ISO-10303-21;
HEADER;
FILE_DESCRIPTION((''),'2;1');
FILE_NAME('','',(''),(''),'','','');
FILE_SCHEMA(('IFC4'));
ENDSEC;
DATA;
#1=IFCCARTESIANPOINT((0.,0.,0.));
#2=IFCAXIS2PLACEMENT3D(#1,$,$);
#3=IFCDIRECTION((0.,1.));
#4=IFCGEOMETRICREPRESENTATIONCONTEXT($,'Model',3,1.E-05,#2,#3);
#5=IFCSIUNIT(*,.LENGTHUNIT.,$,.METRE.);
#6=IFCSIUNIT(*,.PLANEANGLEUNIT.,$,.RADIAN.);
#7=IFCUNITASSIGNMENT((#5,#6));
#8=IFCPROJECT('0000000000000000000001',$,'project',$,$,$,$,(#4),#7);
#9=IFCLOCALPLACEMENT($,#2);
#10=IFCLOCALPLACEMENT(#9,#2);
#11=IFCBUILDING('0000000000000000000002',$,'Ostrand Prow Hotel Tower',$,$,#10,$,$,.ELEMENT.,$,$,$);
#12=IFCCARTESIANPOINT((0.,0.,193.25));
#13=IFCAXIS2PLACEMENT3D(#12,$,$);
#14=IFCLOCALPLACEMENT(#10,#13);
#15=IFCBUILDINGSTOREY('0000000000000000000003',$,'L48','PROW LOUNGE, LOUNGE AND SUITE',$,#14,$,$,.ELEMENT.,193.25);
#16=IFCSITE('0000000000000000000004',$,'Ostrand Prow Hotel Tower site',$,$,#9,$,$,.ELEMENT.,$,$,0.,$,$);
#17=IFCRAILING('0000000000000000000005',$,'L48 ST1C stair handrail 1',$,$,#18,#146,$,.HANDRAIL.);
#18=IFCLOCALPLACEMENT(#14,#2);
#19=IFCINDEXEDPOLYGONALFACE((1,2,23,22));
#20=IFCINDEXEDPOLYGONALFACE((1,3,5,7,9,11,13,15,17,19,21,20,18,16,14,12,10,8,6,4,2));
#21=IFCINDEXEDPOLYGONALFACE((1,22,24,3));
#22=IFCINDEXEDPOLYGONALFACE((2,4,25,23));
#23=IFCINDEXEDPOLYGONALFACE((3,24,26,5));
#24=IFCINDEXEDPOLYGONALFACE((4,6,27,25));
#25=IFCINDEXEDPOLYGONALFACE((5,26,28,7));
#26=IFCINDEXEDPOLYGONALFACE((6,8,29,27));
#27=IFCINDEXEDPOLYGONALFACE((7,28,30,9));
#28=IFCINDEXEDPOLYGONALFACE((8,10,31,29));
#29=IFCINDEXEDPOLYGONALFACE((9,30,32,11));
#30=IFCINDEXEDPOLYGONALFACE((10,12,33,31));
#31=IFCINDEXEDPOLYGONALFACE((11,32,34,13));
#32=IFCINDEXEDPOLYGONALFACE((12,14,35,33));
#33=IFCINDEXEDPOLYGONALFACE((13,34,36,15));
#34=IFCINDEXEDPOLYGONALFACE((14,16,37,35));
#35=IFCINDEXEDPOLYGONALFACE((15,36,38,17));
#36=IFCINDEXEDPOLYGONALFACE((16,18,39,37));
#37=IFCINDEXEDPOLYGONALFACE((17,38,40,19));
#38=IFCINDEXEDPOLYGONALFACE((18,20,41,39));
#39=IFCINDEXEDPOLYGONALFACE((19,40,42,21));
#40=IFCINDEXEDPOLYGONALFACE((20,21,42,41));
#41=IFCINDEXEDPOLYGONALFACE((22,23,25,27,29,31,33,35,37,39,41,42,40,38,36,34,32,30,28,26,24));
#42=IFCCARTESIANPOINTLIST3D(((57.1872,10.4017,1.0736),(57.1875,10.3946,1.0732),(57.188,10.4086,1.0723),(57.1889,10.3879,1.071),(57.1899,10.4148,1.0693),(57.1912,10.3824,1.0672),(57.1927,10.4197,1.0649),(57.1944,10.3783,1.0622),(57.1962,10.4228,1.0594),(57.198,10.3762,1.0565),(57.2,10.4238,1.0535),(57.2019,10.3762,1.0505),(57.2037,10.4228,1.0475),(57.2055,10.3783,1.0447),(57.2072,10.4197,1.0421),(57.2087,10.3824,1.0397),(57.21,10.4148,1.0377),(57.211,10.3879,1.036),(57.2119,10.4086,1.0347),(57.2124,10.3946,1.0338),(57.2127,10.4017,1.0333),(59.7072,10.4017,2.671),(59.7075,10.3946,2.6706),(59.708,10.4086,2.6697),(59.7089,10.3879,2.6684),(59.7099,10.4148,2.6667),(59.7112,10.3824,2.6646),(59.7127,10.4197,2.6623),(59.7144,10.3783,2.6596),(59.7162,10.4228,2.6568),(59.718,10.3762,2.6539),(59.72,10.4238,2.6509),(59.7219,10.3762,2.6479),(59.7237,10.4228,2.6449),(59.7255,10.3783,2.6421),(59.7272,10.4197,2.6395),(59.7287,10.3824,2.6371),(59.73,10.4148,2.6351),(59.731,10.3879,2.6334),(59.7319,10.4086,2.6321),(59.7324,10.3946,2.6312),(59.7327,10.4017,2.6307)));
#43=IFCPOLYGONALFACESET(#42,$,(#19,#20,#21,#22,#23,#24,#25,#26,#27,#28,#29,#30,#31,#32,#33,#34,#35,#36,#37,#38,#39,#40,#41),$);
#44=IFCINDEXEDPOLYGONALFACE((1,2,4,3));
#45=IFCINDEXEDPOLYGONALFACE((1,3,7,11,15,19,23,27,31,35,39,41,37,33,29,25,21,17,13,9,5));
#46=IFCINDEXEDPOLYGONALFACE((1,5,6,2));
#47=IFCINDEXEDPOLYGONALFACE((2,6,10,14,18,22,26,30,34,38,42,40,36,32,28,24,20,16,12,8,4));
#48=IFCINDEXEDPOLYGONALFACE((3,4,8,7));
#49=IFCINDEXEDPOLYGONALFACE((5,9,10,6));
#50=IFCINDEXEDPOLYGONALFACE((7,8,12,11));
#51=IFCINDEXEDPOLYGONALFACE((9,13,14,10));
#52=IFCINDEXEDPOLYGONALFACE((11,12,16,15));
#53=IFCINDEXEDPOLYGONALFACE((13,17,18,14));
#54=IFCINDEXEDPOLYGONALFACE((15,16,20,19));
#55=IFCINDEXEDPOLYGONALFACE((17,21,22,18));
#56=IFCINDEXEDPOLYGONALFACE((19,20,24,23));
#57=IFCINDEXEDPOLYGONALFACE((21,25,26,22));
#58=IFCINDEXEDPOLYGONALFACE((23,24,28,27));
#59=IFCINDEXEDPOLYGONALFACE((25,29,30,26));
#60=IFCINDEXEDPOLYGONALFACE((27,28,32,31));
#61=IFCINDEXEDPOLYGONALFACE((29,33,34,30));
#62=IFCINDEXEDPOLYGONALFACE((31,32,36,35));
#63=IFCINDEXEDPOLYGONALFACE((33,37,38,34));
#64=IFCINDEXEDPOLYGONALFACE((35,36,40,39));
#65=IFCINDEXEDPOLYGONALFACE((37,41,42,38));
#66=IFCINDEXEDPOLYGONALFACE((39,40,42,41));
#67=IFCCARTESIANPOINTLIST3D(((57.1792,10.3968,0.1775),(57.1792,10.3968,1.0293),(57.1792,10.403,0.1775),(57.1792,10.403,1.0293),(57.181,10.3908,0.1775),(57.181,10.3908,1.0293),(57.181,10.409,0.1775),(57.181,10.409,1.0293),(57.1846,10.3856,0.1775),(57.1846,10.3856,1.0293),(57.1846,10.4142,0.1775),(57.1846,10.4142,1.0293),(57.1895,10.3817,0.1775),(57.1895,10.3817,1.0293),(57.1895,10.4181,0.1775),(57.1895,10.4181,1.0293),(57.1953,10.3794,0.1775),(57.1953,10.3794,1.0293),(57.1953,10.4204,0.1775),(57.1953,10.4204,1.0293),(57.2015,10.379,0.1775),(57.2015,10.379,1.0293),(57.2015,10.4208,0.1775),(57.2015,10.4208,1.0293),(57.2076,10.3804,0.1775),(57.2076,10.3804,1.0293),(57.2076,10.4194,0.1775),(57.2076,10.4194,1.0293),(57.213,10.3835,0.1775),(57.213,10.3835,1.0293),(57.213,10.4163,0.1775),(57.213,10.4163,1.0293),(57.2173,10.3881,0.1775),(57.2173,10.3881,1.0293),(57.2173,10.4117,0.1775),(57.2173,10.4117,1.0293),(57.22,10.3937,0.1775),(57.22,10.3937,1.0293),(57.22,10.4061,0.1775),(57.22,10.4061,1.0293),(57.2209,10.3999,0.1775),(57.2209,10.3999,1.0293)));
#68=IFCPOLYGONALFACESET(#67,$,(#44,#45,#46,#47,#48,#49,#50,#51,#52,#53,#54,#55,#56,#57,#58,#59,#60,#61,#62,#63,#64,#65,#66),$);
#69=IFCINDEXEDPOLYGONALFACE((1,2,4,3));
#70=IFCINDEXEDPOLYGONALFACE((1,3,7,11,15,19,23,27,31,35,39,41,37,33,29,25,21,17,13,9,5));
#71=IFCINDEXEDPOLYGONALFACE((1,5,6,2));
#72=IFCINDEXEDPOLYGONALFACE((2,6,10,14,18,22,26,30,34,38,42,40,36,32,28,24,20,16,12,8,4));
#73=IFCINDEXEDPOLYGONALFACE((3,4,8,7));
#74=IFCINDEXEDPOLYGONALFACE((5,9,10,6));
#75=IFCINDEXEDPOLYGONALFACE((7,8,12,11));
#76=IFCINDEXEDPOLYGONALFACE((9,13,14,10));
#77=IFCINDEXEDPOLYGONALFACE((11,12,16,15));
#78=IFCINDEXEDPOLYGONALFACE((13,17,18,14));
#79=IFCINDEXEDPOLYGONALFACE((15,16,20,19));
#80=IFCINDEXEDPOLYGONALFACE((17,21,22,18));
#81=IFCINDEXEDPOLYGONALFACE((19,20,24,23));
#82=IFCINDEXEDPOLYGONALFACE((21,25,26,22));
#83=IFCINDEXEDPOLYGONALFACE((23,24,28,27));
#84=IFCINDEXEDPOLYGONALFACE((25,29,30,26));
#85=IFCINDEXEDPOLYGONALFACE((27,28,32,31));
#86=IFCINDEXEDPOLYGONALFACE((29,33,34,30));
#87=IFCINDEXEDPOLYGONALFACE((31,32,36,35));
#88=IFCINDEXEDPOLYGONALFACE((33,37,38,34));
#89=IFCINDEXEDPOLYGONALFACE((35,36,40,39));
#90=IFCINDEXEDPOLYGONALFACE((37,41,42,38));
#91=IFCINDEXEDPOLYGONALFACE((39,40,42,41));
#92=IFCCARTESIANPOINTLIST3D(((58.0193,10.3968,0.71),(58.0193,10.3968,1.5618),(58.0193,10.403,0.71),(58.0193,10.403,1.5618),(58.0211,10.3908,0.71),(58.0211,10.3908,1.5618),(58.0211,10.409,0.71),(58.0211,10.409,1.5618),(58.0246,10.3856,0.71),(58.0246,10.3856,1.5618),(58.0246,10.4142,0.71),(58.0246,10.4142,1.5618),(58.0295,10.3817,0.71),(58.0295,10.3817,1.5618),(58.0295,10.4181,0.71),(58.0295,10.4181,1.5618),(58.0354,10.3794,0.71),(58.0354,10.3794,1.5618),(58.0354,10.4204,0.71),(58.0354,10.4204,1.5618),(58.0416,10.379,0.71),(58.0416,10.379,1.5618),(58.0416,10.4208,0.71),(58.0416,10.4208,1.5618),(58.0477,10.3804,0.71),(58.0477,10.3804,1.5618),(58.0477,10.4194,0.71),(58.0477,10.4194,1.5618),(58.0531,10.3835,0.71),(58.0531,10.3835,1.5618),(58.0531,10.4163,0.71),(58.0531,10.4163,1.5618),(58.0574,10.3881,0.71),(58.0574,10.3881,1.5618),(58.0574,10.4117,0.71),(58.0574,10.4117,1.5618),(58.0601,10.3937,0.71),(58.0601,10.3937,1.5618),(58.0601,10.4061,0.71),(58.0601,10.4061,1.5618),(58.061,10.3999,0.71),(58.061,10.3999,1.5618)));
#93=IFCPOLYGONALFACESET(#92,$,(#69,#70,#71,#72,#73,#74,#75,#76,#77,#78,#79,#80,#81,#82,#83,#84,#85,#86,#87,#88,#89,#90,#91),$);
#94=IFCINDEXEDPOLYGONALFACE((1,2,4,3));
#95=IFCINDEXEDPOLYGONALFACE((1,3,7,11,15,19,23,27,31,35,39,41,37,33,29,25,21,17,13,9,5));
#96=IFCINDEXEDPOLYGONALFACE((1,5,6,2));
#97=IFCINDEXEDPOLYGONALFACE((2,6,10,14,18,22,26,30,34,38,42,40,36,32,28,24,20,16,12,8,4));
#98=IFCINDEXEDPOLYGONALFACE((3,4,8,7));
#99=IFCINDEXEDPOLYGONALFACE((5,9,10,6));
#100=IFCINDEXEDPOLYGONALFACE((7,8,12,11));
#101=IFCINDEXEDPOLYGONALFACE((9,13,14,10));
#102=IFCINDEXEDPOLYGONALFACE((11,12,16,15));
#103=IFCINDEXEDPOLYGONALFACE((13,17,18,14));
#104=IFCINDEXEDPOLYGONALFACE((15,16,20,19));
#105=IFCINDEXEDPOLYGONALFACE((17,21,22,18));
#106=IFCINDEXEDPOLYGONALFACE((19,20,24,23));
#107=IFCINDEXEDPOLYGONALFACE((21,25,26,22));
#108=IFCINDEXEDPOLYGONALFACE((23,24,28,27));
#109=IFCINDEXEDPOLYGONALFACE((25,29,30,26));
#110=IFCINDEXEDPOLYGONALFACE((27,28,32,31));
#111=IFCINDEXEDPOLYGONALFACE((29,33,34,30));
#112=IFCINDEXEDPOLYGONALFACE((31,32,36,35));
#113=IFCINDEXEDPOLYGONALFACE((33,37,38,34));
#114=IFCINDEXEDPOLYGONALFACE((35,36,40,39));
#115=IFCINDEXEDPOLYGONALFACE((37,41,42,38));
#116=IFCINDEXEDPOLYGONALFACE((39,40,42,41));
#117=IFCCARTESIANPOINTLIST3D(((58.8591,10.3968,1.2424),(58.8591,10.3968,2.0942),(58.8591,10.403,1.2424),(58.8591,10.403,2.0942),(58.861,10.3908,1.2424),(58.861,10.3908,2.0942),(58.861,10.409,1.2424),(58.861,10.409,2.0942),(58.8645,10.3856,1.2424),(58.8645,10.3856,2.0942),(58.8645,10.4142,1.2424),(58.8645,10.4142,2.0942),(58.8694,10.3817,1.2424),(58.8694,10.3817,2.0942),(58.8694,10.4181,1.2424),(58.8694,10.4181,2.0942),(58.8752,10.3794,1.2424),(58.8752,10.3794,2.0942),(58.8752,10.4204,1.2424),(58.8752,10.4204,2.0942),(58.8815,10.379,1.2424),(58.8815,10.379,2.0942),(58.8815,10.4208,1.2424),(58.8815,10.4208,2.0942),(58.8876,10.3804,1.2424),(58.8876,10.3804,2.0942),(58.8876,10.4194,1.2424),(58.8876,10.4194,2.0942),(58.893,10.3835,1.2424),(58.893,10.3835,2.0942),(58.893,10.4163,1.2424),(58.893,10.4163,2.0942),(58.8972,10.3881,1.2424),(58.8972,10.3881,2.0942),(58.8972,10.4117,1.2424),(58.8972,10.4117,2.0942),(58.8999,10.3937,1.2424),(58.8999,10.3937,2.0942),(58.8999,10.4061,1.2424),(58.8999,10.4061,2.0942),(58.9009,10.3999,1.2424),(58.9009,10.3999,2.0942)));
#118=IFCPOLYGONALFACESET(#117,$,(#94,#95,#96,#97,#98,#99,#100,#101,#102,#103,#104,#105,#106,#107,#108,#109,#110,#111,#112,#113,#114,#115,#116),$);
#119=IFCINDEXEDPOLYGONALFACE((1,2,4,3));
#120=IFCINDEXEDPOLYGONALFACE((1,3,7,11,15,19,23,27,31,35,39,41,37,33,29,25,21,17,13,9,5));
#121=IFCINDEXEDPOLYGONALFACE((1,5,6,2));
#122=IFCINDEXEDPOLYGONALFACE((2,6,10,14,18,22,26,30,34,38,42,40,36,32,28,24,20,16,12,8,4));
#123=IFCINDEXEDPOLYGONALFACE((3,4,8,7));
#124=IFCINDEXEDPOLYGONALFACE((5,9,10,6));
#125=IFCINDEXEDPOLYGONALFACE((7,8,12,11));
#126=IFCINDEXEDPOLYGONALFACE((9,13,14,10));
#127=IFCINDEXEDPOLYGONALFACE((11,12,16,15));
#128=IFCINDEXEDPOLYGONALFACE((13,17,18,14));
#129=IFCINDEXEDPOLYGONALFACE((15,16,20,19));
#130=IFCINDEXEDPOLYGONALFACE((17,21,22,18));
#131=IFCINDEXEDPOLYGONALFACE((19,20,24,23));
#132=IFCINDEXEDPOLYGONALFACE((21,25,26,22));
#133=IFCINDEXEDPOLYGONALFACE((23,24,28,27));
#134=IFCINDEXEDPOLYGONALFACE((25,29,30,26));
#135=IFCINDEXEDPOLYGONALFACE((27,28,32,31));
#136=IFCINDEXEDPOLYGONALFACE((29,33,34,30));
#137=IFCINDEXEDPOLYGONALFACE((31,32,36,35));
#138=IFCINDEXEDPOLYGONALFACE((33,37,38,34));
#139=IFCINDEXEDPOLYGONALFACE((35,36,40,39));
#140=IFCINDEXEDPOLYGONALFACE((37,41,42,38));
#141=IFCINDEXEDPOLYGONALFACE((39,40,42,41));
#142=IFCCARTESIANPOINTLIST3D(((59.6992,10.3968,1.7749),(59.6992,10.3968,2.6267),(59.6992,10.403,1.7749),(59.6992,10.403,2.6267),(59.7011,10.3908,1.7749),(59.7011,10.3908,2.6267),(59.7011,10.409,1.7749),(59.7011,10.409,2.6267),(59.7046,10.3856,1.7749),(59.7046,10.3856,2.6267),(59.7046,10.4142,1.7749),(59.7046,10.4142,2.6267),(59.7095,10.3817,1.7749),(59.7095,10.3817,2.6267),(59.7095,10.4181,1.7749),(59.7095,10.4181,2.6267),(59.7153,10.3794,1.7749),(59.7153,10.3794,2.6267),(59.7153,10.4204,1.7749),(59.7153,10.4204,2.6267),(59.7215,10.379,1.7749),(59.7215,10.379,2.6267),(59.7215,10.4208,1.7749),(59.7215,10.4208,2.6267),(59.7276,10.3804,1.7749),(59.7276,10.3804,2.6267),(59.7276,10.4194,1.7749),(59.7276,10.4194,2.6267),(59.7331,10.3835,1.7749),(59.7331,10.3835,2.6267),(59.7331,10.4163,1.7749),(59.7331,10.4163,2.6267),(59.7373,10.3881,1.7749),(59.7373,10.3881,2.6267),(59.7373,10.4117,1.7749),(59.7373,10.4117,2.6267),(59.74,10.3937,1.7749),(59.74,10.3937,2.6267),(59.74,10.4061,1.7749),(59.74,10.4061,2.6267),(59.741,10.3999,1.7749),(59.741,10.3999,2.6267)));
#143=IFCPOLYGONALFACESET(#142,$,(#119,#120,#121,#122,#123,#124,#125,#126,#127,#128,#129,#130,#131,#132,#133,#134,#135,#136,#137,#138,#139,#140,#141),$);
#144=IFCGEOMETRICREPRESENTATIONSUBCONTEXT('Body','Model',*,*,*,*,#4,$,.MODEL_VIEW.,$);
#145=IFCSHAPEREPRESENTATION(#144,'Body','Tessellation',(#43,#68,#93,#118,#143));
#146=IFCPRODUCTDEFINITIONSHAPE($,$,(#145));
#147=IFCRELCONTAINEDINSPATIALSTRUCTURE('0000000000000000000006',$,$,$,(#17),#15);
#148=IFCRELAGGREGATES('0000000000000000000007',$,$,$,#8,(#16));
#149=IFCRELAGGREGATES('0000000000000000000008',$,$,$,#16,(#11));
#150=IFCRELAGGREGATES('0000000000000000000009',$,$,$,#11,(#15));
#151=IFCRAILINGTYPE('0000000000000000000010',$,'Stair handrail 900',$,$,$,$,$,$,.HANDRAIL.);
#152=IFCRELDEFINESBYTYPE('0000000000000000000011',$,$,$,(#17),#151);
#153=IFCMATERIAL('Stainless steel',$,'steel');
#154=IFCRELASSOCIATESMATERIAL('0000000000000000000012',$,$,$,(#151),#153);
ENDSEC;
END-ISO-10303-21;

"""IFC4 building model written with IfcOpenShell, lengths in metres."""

from ifc_helpers import new_model, si_unit, direction, frame, origin, origin_2d, place, context, subcontext, project, spatial, circle, extrude, material, type_object, element, save


model = new_model("IFC4")

# Units and contexts
model_context = context("Model", 3, precision=1e-05, world=origin(), true_north=direction((0.0, 1.0)))
body_context = subcontext(model_context, "Body", "Model", "MODEL_VIEW")
ifc_project = project(units=[si_unit("LENGTHUNIT", "METRE"), si_unit("PLANEANGLEUNIT", "RADIAN")], contexts=[model_context])

# Site, building, storey
site_placement = place(None, origin())
site = spatial("IfcSite", under=ifc_project, at=site_placement, Name="Ostrand Prow Hotel Tower site", CompositionType="ELEMENT", RefElevation=0.0)
building_placement = place(site_placement, origin())
building = spatial("IfcBuilding", under=site, at=building_placement, Name="Ostrand Prow Hotel Tower", CompositionType="ELEMENT")
storey_placement = place(building_placement, frame((0.0, 0.0, 193.25)))
storey = spatial("IfcBuildingStorey", under=building, at=storey_placement, Name="L48", Description="PROW LOUNGE, LOUNGE AND SUITE", CompositionType="ELEMENT", Elevation=193.25)

# Railing
ifc_material_1 = material(Name="Stainless steel", Category="steel")
railing_type_1 = type_object("IfcRailingType", Name="Stair handrail 900", PredefinedType="HANDRAIL", material=ifc_material_1)
railing_1_placement = place(storey_placement, frame((57.2, 10.3999, 0.1775)))
element("IfcRailing", 1, at=railing_1_placement, inside=storey, type_object=railing_type_1, Name="L48 ST1C stair handrail 1", PredefinedType="HANDRAIL", context=body_context, shape_type="SweptSolid", body=[
    extrude(circle(Radius=0.0239, at=origin_2d()), frame((0.0, 0.0, 0.876), z_axis=(0.844607, 0.0, 0.535387), x_axis=(0.0, 1.0, 0.0)), (0.0, 0.0, 1.0), 2.9836),
    extrude(circle(Radius=0.021, at=origin_2d()), origin(), (0.0, 0.0, 1.0), 0.8518),
    extrude(circle(Radius=0.021, at=origin_2d()), frame((0.8401, 0.0, 0.5325)), (0.0, 0.0, 1.0), 0.8518),
    extrude(circle(Radius=0.021, at=origin_2d()), frame((1.6799, 0.0, 1.0649)), (0.0, 0.0, 1.0), 0.8518),
    extrude(circle(Radius=0.021, at=origin_2d()), frame((2.52, 0.0, 1.5974)), (0.0, 0.0, 1.0), 0.8518),
])

save(model, "model.ifc")
